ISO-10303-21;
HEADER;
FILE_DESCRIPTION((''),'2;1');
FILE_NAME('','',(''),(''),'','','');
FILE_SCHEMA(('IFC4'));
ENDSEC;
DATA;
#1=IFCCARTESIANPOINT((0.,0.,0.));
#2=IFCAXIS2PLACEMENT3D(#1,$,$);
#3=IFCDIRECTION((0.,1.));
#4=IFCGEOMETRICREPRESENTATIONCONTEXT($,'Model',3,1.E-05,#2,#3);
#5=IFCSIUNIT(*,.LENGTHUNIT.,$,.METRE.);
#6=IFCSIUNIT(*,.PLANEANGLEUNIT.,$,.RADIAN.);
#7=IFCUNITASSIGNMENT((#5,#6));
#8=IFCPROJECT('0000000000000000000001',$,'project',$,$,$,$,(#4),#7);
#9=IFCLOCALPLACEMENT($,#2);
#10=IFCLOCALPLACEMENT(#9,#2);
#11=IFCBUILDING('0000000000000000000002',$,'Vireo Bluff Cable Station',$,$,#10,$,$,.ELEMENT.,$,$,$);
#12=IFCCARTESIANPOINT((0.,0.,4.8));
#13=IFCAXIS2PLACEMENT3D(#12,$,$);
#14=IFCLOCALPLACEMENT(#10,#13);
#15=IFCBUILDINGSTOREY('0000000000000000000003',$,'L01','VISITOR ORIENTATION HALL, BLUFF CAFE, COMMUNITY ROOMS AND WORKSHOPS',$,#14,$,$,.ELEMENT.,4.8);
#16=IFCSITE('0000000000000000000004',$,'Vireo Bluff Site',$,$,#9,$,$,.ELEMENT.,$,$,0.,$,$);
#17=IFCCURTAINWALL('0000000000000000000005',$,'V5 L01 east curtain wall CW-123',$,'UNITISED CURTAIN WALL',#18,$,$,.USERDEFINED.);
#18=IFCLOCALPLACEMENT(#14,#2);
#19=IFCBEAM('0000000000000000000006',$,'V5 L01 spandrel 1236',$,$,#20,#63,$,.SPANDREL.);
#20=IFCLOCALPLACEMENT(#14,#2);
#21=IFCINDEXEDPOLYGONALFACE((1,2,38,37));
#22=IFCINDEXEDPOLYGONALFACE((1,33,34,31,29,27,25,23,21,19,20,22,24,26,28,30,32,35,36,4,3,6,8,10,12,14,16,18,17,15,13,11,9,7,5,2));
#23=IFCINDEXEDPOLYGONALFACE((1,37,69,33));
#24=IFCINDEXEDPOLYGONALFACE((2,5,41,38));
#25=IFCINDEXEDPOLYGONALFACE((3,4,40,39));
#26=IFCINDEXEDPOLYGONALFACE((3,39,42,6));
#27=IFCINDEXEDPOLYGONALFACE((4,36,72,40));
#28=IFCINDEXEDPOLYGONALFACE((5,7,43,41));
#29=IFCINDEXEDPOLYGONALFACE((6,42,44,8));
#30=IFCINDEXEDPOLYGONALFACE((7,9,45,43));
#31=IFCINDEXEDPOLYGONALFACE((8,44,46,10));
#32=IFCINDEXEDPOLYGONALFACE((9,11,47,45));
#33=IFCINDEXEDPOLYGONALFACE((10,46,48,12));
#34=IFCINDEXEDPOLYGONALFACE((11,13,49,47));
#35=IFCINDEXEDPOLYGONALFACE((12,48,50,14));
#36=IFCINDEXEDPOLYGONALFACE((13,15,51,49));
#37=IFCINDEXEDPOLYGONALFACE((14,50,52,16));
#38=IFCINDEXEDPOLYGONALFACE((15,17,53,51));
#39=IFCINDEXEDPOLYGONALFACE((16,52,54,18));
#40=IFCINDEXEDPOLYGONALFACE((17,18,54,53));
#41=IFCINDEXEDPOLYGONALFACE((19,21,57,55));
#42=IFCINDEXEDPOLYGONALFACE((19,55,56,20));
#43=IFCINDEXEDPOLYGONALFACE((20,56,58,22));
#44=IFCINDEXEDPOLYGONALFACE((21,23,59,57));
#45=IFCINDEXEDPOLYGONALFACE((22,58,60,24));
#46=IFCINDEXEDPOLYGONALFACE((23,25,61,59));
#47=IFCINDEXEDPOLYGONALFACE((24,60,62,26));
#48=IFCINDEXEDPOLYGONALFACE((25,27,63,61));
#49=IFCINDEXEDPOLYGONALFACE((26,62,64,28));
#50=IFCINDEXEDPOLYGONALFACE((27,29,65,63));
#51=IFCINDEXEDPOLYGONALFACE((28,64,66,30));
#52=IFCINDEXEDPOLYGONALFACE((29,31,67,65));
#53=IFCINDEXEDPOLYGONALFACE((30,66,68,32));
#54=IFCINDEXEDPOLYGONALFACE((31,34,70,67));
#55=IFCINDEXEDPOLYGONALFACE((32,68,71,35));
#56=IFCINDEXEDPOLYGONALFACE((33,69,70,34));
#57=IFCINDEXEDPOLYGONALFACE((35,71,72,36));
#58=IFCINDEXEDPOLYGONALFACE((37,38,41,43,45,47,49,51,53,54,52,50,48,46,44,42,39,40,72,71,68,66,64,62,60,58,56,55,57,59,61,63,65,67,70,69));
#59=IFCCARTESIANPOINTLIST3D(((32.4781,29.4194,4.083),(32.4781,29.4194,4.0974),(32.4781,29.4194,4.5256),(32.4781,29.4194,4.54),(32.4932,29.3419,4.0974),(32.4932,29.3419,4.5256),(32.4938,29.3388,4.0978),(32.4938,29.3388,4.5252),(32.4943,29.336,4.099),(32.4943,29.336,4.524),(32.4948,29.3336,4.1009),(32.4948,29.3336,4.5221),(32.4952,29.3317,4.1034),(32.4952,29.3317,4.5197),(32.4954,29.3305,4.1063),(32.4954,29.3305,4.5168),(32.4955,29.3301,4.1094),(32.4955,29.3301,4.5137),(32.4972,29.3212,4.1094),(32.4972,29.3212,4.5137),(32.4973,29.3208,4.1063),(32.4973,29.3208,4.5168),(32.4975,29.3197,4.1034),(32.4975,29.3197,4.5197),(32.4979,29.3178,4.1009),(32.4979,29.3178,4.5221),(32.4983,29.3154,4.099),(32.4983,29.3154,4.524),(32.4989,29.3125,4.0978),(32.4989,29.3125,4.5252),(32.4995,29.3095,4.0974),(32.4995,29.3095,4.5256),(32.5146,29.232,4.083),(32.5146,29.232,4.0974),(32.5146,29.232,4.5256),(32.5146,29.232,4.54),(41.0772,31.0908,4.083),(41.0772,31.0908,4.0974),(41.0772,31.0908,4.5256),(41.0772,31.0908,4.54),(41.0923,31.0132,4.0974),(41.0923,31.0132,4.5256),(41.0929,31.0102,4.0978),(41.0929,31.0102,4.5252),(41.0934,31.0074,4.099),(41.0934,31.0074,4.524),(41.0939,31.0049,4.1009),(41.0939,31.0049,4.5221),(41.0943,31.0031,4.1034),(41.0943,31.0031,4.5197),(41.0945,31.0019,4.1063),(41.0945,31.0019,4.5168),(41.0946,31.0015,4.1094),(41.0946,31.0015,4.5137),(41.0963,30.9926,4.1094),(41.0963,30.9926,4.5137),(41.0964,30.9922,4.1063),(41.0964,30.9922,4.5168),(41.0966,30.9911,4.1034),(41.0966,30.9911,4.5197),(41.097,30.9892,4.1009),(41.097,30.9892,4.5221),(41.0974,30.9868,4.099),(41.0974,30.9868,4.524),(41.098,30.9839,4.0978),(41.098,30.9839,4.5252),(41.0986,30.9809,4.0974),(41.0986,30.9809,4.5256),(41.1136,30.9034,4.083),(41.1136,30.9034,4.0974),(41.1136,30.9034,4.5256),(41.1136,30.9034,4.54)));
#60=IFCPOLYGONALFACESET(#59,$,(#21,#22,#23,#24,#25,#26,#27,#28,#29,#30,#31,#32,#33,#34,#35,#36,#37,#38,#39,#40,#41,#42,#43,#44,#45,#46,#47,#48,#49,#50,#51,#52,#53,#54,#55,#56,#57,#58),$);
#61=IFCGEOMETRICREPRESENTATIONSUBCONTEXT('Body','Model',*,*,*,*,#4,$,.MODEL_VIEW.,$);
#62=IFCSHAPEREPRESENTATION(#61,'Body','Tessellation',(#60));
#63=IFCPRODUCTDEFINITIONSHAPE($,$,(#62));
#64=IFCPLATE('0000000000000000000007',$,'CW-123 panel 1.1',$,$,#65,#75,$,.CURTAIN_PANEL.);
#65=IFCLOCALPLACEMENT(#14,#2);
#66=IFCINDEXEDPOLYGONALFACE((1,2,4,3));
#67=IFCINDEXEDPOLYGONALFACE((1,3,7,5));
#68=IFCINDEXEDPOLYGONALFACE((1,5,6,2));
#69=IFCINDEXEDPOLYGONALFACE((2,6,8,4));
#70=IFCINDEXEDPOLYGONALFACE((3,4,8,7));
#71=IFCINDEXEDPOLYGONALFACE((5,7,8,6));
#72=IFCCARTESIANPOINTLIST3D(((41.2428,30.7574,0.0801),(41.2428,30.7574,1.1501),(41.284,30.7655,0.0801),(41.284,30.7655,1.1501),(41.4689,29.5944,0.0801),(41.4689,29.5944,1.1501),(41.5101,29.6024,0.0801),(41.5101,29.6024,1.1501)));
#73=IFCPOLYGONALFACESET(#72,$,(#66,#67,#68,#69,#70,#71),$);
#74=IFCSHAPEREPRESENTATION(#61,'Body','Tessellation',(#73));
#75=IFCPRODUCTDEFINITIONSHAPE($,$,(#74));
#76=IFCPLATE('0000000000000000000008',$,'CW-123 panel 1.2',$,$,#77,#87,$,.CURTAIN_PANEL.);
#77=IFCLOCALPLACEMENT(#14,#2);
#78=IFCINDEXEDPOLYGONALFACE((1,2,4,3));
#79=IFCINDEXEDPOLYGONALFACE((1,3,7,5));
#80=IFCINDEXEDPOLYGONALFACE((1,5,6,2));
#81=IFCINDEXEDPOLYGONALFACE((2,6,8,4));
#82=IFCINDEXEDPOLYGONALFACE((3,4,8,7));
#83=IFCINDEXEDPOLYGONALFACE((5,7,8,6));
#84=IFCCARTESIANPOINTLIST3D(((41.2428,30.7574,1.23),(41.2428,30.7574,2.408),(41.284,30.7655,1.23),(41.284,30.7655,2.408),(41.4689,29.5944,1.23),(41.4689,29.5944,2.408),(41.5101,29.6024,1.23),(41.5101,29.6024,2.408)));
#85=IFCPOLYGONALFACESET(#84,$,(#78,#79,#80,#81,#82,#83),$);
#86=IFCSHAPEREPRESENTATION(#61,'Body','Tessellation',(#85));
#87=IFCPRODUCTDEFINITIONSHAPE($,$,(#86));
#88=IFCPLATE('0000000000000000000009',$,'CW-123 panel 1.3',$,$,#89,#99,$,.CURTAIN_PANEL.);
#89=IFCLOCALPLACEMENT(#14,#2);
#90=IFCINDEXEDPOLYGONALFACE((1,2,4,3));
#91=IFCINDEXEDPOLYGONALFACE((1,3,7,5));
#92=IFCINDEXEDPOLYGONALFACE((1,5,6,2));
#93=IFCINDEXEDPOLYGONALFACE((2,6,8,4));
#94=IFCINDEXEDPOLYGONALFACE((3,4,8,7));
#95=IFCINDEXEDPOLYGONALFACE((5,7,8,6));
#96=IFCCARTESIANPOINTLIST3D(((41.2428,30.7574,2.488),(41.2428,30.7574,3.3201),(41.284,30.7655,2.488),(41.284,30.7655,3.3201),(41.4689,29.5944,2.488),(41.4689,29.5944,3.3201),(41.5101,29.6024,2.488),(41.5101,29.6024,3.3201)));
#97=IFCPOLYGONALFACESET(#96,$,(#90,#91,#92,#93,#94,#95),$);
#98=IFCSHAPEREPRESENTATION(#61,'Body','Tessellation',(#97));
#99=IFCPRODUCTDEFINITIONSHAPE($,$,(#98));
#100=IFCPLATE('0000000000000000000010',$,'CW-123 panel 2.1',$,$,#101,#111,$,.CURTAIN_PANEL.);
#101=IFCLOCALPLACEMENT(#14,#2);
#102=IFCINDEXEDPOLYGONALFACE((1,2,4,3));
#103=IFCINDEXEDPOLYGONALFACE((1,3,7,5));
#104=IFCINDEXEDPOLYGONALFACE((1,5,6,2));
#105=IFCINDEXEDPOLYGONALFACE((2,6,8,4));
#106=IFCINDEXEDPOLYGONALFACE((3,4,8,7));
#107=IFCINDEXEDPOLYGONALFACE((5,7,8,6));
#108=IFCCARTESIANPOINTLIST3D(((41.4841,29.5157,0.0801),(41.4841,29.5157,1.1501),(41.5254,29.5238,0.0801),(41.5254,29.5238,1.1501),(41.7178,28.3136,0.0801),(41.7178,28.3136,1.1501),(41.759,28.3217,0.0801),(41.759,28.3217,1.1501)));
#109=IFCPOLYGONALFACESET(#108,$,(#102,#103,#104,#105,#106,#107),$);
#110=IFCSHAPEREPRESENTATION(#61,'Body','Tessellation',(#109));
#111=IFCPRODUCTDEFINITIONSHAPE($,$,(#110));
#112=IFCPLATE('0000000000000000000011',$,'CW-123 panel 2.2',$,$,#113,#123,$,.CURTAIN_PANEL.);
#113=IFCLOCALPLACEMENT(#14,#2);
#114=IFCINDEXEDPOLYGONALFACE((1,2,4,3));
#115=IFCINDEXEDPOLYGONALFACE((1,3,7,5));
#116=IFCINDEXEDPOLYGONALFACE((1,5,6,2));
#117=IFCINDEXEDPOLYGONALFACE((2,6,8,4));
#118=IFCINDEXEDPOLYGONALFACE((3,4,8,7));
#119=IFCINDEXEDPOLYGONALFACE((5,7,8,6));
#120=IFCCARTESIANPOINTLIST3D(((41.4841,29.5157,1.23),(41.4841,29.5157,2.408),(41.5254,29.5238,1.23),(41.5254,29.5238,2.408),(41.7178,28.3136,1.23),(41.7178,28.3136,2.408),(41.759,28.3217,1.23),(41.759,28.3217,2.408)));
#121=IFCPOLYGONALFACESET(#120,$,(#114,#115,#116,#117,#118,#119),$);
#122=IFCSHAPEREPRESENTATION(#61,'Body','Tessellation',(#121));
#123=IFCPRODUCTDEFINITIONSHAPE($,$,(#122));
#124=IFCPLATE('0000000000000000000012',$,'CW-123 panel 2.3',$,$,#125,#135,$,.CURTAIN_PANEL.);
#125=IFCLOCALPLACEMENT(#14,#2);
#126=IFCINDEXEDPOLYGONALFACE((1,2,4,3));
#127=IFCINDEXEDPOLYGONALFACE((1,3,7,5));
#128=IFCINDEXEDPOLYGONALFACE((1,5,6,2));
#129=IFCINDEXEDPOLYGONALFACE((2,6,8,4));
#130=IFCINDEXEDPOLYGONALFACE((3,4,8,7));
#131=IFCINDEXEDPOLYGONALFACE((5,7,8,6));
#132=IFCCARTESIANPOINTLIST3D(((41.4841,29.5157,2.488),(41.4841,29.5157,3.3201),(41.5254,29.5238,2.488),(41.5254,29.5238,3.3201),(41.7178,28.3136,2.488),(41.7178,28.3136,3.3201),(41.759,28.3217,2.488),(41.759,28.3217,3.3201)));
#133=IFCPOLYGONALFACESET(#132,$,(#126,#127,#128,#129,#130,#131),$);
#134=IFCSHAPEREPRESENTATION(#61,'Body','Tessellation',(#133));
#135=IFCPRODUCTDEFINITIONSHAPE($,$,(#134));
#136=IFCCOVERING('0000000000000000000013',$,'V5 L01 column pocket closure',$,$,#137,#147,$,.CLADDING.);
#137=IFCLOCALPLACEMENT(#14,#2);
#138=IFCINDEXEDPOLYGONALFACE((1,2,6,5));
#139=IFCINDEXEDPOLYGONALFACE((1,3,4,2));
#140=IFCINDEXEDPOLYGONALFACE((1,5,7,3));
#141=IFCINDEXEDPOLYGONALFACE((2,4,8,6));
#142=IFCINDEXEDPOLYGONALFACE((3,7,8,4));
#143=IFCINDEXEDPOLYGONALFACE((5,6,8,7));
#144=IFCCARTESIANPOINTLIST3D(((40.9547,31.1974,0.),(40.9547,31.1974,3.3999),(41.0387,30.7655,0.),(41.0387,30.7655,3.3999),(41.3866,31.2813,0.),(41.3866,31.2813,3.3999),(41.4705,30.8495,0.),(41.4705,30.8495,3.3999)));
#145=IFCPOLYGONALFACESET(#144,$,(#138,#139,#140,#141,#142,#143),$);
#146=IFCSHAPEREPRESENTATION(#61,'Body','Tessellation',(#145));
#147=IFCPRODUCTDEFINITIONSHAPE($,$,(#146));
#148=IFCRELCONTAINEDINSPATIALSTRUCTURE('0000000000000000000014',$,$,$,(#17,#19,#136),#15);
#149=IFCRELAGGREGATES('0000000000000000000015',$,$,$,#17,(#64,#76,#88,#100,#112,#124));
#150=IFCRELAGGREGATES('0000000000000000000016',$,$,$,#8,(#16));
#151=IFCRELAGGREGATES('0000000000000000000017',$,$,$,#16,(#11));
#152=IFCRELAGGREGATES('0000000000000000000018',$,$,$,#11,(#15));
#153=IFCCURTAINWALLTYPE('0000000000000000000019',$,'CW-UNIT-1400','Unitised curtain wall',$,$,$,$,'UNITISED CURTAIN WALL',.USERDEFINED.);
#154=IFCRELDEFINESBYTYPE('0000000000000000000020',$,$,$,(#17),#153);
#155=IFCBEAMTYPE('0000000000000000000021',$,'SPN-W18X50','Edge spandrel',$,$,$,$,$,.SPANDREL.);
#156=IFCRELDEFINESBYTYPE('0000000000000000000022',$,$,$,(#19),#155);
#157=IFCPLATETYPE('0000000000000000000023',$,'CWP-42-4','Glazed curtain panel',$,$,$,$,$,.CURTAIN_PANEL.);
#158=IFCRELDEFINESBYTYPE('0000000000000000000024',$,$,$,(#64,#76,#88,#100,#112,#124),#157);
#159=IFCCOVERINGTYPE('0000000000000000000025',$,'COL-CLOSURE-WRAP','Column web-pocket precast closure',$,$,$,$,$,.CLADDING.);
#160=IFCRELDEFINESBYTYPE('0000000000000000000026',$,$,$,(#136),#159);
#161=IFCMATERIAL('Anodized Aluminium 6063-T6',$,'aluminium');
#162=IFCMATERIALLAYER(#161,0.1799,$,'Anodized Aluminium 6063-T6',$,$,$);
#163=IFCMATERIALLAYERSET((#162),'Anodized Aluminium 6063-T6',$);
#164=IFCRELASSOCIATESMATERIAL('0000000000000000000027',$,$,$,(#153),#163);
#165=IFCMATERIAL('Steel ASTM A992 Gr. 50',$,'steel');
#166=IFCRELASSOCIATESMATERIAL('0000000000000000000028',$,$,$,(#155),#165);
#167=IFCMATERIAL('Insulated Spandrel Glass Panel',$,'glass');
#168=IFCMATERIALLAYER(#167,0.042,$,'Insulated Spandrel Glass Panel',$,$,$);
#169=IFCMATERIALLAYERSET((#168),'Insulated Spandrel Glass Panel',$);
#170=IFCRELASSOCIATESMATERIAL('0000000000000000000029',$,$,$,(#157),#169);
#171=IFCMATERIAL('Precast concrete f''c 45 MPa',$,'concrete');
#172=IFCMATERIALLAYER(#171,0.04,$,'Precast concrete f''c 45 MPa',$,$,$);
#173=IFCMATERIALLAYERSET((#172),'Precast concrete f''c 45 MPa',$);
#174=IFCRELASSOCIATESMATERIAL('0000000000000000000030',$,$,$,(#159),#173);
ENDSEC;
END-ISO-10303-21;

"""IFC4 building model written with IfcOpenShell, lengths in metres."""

from ifc_helpers import new_model, si_unit, direction, frame, origin, origin_2d, place, context, subcontext, project, spatial, rectangle, i_section, extrude, material, layer, layer_set, material_profile, profile_set, type_object, element, aggregate, save


model = new_model("IFC4")

# Units and contexts
model_context = context("Model", 3, precision=1e-05, world=origin(), true_north=direction((0.0, 1.0)))
body_context = subcontext(model_context, "Body", "Model", "MODEL_VIEW")
ifc_project = project(units=[si_unit("LENGTHUNIT", "METRE"), si_unit("PLANEANGLEUNIT", "RADIAN")], contexts=[model_context])

# Site, building, storey
site_placement = place(None, origin())
site = spatial("IfcSite", under=ifc_project, at=site_placement, Name="Vireo Bluff Site", CompositionType="ELEMENT", RefElevation=0.0)
building_placement = place(site_placement, origin())
building = spatial("IfcBuilding", under=site, at=building_placement, Name="Vireo Bluff Cable Station", CompositionType="ELEMENT")
storey_placement = place(building_placement, frame((0.0, 0.0, 4.8)))
storey = spatial("IfcBuildingStorey", under=building, at=storey_placement, Name="L01", Description="VISITOR ORIENTATION HALL, BLUFF CAFE, COMMUNITY ROOMS AND WORKSHOPS", CompositionType="ELEMENT", Elevation=4.8)

# Shared definitions
ifc_material_1 = material(Name="Steel ASTM A992 Gr. 50", Category="steel")

# Curtain wall
ifc_material_2 = material(Name="Anodized Aluminium 6063-T6", Category="aluminium")
ifc_layer_1 = layer(ifc_material_2, 0.1799, Name="Anodized Aluminium 6063-T6")
ifc_layer_set_1 = layer_set([ifc_layer_1], Name="Anodized Aluminium 6063-T6")
curtain_wall_type = type_object("IfcCurtainWallType", Name="CW-UNIT-1400", Description="Unitised curtain wall", ElementType="UNITISED CURTAIN WALL", PredefinedType="USERDEFINED", material=ifc_layer_set_1)
curtain_wall_placement = place(storey_placement, origin())
curtain_wall = element("IfcCurtainWall", 1, at=curtain_wall_placement, inside=storey, type_object=curtain_wall_type, Name="V5 L01 east curtain wall CW-123", ObjectType="UNITISED CURTAIN WALL", PredefinedType="USERDEFINED")

# Beam
ifc_material_profile_1 = material_profile(ifc_material_1, i_section(OverallWidth=0.1909, OverallDepth=0.457, WebThickness=0.009, FlangeThickness=0.0144, FilletRadius=0.012, at=origin_2d()), Name="W18X50")
ifc_profile_set_1 = profile_set([ifc_material_profile_1], Name="Steel ASTM A992 Gr. 50")
beam_type_1 = type_object("IfcBeamType", Name="SPN-W18X50", Description="Edge spandrel", PredefinedType="SPANDREL", material=ifc_profile_set_1)
beam_1_placement = place(storey_placement, frame((32.4963, 29.3257, 4.3115), z_axis=(0.98163, 0.190797, 0.0), x_axis=(-0.190797, 0.98163, 0.0)))
element("IfcBeam", 2, at=beam_1_placement, inside=storey, type_object=beam_type_1, Name="V5 L01 spandrel 1236", PredefinedType="SPANDREL", context=body_context, shape_type="SweptSolid", body=[
    extrude(i_section(OverallWidth=0.1909, OverallDepth=0.457, WebThickness=0.009, FlangeThickness=0.0144, FilletRadius=0.012, at=origin_2d()), origin(), (0.0, 0.0, 1.0), 8.76),
])

# Plates
ifc_material_3 = material(Name="Insulated Spandrel Glass Panel", Category="glass")
ifc_layer_2 = layer(ifc_material_3, 0.042, Name="Insulated Spandrel Glass Panel")
ifc_layer_set_2 = layer_set([ifc_layer_2], Name="Insulated Spandrel Glass Panel")
plate_type = type_object("IfcPlateType", Name="CWP-42-4", Description="Glazed curtain panel", PredefinedType="CURTAIN_PANEL", material=ifc_layer_set_2)
plate_1_placement = place(storey_placement, frame((41.3765, 30.1799, 0.0801), z_axis=(0.0, 0.0, 1.0), x_axis=(0.190809, -0.981627, 0.0)))
plate_1 = element("IfcPlate", 3, at=plate_1_placement, type_object=plate_type, Name="CW-123 panel 1.1", PredefinedType="CURTAIN_PANEL", context=body_context, shape_type="SweptSolid", body=[
    extrude(rectangle(XDim=1.1848, YDim=0.042, at=origin_2d()), origin(), (0.0, 0.0, 1.0), 1.0701),
])
plate_2_placement = place(storey_placement, frame((41.3765, 30.1799, 1.23), z_axis=(0.0, 0.0, 1.0), x_axis=(0.190809, -0.981627, 0.0)))
plate_2 = element("IfcPlate", 4, at=plate_2_placement, type_object=plate_type, Name="CW-123 panel 1.2", PredefinedType="CURTAIN_PANEL", context=body_context, shape_type="SweptSolid", body=[
    extrude(rectangle(XDim=1.1848, YDim=0.042, at=origin_2d()), origin(), (0.0, 0.0, 1.0), 1.178),
])
plate_3_placement = place(storey_placement, frame((41.3765, 30.1799, 2.488), z_axis=(0.0, 0.0, 1.0), x_axis=(0.190809, -0.981627, 0.0)))
plate_3 = element("IfcPlate", 5, at=plate_3_placement, type_object=plate_type, Name="CW-123 panel 1.3", PredefinedType="CURTAIN_PANEL", context=body_context, shape_type="SweptSolid", body=[
    extrude(rectangle(XDim=1.1848, YDim=0.042, at=origin_2d()), origin(), (0.0, 0.0, 1.0), 0.832),
])
plate_4_placement = place(storey_placement, frame((41.6216, 28.9187, 0.0801), z_axis=(0.0, 0.0, 1.0), x_axis=(0.190809, -0.981627, 0.0)))
plate_4 = element("IfcPlate", 6, at=plate_4_placement, type_object=plate_type, Name="CW-123 panel 2.1", PredefinedType="CURTAIN_PANEL", context=body_context, shape_type="SweptSolid", body=[
    extrude(rectangle(XDim=1.2246, YDim=0.042, at=origin_2d()), origin(), (0.0, 0.0, 1.0), 1.0701),
])
plate_5_placement = place(storey_placement, frame((41.6216, 28.9187, 1.23), z_axis=(0.0, 0.0, 1.0), x_axis=(0.190809, -0.981627, 0.0)))
plate_5 = element("IfcPlate", 7, at=plate_5_placement, type_object=plate_type, Name="CW-123 panel 2.2", PredefinedType="CURTAIN_PANEL", context=body_context, shape_type="SweptSolid", body=[
    extrude(rectangle(XDim=1.2246, YDim=0.042, at=origin_2d()), origin(), (0.0, 0.0, 1.0), 1.178),
])
plate_6_placement = place(storey_placement, frame((41.6216, 28.9187, 2.488), z_axis=(0.0, 0.0, 1.0), x_axis=(0.190809, -0.981627, 0.0)))
plate_6 = element("IfcPlate", 8, at=plate_6_placement, type_object=plate_type, Name="CW-123 panel 2.3", PredefinedType="CURTAIN_PANEL", context=body_context, shape_type="SweptSolid", body=[
    extrude(rectangle(XDim=1.2246, YDim=0.042, at=origin_2d()), origin(), (0.0, 0.0, 1.0), 0.832),
])
aggregate(curtain_wall, [plate_1, plate_2, plate_3, plate_4, plate_5, plate_6])

# Covering
ifc_material_4 = material(Name="Precast concrete f'c 45 MPa", Category="concrete")
ifc_layer_3 = layer(ifc_material_4, 0.04, Name="Precast concrete f'c 45 MPa")
ifc_layer_set_3 = layer_set([ifc_layer_3], Name="Precast concrete f'c 45 MPa")
covering_type = type_object("IfcCoveringType", Name="COL-CLOSURE-WRAP", Description="Column web-pocket precast closure", PredefinedType="CLADDING", material=ifc_layer_set_3)
covering_placement = place(storey_placement, frame((41.2126, 31.0234, 0.0), z_axis=(0.0, 0.0, 1.0), x_axis=(0.981627, 0.190809, 0.0)))
element("IfcCovering", 9, at=covering_placement, inside=storey, type_object=covering_type, Name="V5 L01 column pocket closure", PredefinedType="CLADDING", context=body_context, shape_type="SweptSolid", body=[
    extrude(rectangle(XDim=0.4399, YDim=0.4399, at=origin_2d()), origin(), (0.0, 0.0, 1.0), 3.3999),
])

save(model, "model.ifc")
